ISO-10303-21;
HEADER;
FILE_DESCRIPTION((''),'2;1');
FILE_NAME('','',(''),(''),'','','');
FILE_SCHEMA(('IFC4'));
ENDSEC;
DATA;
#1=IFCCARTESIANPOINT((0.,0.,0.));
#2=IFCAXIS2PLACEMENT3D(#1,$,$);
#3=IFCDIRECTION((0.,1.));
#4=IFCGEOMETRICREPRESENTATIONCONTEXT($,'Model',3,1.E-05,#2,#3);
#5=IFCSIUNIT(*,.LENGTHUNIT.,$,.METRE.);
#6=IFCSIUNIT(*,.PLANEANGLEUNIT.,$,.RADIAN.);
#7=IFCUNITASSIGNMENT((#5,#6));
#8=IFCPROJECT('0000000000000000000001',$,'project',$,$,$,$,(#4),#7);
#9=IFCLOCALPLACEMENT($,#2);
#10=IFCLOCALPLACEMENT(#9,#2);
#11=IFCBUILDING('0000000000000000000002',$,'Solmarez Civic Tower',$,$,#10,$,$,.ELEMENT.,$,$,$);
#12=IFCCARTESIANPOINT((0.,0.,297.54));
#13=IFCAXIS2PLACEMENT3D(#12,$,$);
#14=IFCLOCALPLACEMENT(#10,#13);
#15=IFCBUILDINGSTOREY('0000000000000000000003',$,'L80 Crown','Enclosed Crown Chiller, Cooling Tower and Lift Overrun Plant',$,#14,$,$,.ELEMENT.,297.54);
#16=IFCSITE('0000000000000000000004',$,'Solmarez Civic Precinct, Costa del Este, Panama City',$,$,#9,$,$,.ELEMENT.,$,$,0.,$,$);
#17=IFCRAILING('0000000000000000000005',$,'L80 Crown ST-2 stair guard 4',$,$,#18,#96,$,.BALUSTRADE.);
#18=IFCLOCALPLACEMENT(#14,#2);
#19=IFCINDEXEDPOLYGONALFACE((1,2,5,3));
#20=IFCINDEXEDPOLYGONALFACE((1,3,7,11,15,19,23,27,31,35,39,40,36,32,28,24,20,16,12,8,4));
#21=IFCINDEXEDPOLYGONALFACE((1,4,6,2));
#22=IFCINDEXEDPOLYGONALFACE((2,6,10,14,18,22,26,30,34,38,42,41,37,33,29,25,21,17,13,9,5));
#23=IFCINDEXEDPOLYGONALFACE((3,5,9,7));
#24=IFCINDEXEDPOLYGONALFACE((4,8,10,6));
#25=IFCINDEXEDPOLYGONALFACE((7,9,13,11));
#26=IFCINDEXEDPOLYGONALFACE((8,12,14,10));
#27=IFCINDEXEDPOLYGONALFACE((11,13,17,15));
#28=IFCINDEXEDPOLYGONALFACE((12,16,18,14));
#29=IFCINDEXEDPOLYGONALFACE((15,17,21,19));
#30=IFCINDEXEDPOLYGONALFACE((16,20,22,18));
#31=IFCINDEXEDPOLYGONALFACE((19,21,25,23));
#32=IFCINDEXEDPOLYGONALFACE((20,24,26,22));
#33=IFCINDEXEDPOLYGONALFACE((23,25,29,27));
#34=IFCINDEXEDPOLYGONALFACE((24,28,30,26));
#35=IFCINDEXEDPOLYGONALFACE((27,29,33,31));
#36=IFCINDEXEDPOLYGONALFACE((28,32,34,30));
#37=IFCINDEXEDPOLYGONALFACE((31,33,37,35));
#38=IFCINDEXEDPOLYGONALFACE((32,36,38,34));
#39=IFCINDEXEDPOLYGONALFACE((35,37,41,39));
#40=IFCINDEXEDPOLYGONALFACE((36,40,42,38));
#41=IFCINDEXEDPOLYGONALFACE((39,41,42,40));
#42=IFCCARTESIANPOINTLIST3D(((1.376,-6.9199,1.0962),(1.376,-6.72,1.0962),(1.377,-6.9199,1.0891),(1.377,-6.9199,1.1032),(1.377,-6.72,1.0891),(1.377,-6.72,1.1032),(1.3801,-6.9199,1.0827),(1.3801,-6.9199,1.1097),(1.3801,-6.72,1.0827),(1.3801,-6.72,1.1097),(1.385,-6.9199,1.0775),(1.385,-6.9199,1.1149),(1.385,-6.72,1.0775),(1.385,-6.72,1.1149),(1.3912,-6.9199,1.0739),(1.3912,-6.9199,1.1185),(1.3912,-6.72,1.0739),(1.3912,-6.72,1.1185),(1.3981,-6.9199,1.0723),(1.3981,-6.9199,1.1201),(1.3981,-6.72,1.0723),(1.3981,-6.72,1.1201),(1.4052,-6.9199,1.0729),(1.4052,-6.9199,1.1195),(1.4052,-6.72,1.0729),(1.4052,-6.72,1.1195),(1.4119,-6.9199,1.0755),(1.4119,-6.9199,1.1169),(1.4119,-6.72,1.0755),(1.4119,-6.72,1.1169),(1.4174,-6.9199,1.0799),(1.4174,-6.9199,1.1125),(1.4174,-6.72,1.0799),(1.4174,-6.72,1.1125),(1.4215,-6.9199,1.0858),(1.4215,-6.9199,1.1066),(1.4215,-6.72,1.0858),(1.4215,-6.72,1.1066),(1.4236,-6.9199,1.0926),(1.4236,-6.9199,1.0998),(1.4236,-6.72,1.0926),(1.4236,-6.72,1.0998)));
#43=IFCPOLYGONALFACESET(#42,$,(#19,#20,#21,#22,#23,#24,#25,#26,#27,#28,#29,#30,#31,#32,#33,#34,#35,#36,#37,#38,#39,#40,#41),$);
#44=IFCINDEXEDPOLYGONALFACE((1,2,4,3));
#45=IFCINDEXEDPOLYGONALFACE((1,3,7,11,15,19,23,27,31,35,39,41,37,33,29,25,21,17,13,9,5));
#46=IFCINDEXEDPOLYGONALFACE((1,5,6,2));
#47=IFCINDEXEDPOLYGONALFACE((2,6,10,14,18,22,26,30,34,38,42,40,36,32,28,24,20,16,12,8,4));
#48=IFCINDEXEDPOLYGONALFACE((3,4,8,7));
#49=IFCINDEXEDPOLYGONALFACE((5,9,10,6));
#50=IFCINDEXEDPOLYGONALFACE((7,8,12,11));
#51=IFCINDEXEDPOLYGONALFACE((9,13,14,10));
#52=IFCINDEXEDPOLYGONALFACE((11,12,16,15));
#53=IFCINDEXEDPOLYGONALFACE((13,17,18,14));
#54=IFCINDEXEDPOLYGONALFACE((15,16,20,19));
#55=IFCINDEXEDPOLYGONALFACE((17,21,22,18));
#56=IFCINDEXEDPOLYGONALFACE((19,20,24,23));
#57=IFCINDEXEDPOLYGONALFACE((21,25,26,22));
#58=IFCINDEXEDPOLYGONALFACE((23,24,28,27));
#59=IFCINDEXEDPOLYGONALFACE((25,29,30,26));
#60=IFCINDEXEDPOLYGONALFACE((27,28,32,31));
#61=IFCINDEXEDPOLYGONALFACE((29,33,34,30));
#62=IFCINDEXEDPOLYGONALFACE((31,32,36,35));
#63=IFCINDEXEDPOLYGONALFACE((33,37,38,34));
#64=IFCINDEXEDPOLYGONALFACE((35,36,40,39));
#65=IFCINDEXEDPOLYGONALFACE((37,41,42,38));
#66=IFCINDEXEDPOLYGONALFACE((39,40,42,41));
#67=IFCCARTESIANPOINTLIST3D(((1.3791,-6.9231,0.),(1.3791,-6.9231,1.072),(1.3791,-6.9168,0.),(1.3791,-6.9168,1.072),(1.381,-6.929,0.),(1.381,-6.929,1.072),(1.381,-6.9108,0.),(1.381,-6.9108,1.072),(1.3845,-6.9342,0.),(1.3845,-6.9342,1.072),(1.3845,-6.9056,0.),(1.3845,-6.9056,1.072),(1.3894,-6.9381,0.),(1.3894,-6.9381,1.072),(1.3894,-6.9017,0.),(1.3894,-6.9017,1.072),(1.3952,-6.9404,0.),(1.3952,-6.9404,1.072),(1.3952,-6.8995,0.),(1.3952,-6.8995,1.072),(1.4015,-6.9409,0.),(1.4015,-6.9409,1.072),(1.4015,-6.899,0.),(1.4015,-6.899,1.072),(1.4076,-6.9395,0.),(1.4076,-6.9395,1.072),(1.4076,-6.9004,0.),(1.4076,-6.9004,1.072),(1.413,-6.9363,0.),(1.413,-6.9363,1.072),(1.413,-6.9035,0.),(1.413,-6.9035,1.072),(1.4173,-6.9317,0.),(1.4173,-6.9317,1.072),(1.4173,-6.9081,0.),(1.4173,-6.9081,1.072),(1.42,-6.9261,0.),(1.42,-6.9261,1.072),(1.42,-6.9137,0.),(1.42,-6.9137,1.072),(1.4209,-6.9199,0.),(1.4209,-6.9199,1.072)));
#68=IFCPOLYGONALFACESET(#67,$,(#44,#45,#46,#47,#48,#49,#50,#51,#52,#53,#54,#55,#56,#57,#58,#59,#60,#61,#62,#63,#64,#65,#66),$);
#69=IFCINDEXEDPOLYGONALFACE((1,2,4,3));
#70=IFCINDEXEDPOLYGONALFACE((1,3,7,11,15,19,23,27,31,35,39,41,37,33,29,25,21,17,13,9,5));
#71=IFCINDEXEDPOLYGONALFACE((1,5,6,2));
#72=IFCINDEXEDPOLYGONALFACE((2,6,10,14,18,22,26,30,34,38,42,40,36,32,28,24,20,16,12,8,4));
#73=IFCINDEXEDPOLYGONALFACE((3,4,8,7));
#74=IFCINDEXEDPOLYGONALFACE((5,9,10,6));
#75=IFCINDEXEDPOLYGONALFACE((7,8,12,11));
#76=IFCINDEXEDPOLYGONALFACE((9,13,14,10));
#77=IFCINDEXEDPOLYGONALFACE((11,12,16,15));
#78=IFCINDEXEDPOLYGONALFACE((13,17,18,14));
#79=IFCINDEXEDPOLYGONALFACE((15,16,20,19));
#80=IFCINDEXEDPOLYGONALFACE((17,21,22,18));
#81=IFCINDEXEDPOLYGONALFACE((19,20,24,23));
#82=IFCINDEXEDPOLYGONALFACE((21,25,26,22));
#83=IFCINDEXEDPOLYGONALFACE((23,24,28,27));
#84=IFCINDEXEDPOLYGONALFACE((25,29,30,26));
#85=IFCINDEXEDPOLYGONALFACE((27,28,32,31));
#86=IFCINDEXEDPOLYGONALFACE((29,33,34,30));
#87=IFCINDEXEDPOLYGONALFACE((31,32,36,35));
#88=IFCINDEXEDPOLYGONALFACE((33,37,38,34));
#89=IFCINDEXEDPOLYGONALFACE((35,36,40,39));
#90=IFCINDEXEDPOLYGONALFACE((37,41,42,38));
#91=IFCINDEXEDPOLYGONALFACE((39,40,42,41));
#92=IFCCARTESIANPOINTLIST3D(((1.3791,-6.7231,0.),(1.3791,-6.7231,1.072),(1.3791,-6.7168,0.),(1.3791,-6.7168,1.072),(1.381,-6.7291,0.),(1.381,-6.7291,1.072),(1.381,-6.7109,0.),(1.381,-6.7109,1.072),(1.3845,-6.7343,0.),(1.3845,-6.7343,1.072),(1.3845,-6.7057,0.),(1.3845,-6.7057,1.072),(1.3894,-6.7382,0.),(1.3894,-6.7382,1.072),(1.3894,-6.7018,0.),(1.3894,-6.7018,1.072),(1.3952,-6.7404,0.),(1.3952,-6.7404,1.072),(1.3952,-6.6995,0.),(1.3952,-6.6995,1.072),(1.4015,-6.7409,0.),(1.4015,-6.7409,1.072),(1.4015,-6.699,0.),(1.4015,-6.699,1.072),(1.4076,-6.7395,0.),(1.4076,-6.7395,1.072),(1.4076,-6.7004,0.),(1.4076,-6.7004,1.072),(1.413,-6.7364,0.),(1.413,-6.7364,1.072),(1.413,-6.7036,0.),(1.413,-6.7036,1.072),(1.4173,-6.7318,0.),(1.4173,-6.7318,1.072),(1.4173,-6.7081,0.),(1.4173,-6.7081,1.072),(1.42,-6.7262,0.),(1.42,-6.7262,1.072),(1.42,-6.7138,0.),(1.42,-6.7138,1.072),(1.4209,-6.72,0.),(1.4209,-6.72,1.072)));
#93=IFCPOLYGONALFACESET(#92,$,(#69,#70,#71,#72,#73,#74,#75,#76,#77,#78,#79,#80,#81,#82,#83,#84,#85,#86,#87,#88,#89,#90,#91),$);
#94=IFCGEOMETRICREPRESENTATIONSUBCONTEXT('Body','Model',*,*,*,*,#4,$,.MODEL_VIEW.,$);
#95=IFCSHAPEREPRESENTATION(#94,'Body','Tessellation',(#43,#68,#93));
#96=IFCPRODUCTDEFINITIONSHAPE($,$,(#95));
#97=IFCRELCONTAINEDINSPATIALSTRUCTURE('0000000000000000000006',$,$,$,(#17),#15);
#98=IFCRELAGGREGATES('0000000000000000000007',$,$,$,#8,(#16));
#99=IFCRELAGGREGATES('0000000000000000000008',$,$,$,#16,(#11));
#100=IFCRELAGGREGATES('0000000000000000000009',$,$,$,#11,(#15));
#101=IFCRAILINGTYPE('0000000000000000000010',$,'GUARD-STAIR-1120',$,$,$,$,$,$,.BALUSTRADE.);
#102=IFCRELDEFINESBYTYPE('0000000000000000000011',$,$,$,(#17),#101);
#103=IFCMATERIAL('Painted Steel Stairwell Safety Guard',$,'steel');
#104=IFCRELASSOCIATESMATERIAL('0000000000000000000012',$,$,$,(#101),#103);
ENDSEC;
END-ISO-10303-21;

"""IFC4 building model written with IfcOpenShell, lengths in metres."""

from ifc_helpers import new_model, si_unit, direction, frame, origin, origin_2d, place, context, subcontext, project, spatial, circle, extrude, material, type_object, element, save


model = new_model("IFC4")

# Units and contexts
model_context = context("Model", 3, precision=1e-05, world=origin(), true_north=direction((0.0, 1.0)))
body_context = subcontext(model_context, "Body", "Model", "MODEL_VIEW")
ifc_project = project(units=[si_unit("LENGTHUNIT", "METRE"), si_unit("PLANEANGLEUNIT", "RADIAN")], contexts=[model_context])

# Site, building, storey
site_placement = place(None, origin())
site = spatial("IfcSite", under=ifc_project, at=site_placement, Name="Solmarez Civic Precinct, Costa del Este, Panama City", CompositionType="ELEMENT", RefElevation=0.0)
building_placement = place(site_placement, origin())
building = spatial("IfcBuilding", under=site, at=building_placement, Name="Solmarez Civic Tower", CompositionType="ELEMENT")
storey_placement = place(building_placement, frame((0.0, 0.0, 297.54)))
storey = spatial("IfcBuildingStorey", under=building, at=storey_placement, Name="L80 Crown", Description="Enclosed Crown Chiller, Cooling Tower and Lift Overrun Plant", CompositionType="ELEMENT", Elevation=297.54)

# Railing
ifc_material_1 = material(Name="Painted Steel Stairwell Safety Guard", Category="steel")
railing_type_1 = type_object("IfcRailingType", Name="GUARD-STAIR-1120", PredefinedType="BALUSTRADE", material=ifc_material_1)
railing_1_placement = place(storey_placement, frame((1.3999, -6.9199, 0.0)))
element("IfcRailing", 1, at=railing_1_placement, inside=storey, type_object=railing_type_1, Name="L80 Crown ST-2 stair guard 4", PredefinedType="BALUSTRADE", context=body_context, shape_type="SweptSolid", body=[
    extrude(circle(Radius=0.0239, at=origin_2d()), frame((0.0, 0.0, 1.0962), z_axis=(0.0, 1.0, 0.0), x_axis=(-1.0, 0.0, 0.0)), (0.0, 0.0, 1.0), 0.2),
    extrude(circle(Radius=0.021, at=origin_2d()), origin(), (0.0, 0.0, 1.0), 1.072),
    extrude(circle(Radius=0.021, at=origin_2d()), frame((0.0, 0.2, 0.0)), (0.0, 0.0, 1.0), 1.072),
])

save(model, "model.ifc")
